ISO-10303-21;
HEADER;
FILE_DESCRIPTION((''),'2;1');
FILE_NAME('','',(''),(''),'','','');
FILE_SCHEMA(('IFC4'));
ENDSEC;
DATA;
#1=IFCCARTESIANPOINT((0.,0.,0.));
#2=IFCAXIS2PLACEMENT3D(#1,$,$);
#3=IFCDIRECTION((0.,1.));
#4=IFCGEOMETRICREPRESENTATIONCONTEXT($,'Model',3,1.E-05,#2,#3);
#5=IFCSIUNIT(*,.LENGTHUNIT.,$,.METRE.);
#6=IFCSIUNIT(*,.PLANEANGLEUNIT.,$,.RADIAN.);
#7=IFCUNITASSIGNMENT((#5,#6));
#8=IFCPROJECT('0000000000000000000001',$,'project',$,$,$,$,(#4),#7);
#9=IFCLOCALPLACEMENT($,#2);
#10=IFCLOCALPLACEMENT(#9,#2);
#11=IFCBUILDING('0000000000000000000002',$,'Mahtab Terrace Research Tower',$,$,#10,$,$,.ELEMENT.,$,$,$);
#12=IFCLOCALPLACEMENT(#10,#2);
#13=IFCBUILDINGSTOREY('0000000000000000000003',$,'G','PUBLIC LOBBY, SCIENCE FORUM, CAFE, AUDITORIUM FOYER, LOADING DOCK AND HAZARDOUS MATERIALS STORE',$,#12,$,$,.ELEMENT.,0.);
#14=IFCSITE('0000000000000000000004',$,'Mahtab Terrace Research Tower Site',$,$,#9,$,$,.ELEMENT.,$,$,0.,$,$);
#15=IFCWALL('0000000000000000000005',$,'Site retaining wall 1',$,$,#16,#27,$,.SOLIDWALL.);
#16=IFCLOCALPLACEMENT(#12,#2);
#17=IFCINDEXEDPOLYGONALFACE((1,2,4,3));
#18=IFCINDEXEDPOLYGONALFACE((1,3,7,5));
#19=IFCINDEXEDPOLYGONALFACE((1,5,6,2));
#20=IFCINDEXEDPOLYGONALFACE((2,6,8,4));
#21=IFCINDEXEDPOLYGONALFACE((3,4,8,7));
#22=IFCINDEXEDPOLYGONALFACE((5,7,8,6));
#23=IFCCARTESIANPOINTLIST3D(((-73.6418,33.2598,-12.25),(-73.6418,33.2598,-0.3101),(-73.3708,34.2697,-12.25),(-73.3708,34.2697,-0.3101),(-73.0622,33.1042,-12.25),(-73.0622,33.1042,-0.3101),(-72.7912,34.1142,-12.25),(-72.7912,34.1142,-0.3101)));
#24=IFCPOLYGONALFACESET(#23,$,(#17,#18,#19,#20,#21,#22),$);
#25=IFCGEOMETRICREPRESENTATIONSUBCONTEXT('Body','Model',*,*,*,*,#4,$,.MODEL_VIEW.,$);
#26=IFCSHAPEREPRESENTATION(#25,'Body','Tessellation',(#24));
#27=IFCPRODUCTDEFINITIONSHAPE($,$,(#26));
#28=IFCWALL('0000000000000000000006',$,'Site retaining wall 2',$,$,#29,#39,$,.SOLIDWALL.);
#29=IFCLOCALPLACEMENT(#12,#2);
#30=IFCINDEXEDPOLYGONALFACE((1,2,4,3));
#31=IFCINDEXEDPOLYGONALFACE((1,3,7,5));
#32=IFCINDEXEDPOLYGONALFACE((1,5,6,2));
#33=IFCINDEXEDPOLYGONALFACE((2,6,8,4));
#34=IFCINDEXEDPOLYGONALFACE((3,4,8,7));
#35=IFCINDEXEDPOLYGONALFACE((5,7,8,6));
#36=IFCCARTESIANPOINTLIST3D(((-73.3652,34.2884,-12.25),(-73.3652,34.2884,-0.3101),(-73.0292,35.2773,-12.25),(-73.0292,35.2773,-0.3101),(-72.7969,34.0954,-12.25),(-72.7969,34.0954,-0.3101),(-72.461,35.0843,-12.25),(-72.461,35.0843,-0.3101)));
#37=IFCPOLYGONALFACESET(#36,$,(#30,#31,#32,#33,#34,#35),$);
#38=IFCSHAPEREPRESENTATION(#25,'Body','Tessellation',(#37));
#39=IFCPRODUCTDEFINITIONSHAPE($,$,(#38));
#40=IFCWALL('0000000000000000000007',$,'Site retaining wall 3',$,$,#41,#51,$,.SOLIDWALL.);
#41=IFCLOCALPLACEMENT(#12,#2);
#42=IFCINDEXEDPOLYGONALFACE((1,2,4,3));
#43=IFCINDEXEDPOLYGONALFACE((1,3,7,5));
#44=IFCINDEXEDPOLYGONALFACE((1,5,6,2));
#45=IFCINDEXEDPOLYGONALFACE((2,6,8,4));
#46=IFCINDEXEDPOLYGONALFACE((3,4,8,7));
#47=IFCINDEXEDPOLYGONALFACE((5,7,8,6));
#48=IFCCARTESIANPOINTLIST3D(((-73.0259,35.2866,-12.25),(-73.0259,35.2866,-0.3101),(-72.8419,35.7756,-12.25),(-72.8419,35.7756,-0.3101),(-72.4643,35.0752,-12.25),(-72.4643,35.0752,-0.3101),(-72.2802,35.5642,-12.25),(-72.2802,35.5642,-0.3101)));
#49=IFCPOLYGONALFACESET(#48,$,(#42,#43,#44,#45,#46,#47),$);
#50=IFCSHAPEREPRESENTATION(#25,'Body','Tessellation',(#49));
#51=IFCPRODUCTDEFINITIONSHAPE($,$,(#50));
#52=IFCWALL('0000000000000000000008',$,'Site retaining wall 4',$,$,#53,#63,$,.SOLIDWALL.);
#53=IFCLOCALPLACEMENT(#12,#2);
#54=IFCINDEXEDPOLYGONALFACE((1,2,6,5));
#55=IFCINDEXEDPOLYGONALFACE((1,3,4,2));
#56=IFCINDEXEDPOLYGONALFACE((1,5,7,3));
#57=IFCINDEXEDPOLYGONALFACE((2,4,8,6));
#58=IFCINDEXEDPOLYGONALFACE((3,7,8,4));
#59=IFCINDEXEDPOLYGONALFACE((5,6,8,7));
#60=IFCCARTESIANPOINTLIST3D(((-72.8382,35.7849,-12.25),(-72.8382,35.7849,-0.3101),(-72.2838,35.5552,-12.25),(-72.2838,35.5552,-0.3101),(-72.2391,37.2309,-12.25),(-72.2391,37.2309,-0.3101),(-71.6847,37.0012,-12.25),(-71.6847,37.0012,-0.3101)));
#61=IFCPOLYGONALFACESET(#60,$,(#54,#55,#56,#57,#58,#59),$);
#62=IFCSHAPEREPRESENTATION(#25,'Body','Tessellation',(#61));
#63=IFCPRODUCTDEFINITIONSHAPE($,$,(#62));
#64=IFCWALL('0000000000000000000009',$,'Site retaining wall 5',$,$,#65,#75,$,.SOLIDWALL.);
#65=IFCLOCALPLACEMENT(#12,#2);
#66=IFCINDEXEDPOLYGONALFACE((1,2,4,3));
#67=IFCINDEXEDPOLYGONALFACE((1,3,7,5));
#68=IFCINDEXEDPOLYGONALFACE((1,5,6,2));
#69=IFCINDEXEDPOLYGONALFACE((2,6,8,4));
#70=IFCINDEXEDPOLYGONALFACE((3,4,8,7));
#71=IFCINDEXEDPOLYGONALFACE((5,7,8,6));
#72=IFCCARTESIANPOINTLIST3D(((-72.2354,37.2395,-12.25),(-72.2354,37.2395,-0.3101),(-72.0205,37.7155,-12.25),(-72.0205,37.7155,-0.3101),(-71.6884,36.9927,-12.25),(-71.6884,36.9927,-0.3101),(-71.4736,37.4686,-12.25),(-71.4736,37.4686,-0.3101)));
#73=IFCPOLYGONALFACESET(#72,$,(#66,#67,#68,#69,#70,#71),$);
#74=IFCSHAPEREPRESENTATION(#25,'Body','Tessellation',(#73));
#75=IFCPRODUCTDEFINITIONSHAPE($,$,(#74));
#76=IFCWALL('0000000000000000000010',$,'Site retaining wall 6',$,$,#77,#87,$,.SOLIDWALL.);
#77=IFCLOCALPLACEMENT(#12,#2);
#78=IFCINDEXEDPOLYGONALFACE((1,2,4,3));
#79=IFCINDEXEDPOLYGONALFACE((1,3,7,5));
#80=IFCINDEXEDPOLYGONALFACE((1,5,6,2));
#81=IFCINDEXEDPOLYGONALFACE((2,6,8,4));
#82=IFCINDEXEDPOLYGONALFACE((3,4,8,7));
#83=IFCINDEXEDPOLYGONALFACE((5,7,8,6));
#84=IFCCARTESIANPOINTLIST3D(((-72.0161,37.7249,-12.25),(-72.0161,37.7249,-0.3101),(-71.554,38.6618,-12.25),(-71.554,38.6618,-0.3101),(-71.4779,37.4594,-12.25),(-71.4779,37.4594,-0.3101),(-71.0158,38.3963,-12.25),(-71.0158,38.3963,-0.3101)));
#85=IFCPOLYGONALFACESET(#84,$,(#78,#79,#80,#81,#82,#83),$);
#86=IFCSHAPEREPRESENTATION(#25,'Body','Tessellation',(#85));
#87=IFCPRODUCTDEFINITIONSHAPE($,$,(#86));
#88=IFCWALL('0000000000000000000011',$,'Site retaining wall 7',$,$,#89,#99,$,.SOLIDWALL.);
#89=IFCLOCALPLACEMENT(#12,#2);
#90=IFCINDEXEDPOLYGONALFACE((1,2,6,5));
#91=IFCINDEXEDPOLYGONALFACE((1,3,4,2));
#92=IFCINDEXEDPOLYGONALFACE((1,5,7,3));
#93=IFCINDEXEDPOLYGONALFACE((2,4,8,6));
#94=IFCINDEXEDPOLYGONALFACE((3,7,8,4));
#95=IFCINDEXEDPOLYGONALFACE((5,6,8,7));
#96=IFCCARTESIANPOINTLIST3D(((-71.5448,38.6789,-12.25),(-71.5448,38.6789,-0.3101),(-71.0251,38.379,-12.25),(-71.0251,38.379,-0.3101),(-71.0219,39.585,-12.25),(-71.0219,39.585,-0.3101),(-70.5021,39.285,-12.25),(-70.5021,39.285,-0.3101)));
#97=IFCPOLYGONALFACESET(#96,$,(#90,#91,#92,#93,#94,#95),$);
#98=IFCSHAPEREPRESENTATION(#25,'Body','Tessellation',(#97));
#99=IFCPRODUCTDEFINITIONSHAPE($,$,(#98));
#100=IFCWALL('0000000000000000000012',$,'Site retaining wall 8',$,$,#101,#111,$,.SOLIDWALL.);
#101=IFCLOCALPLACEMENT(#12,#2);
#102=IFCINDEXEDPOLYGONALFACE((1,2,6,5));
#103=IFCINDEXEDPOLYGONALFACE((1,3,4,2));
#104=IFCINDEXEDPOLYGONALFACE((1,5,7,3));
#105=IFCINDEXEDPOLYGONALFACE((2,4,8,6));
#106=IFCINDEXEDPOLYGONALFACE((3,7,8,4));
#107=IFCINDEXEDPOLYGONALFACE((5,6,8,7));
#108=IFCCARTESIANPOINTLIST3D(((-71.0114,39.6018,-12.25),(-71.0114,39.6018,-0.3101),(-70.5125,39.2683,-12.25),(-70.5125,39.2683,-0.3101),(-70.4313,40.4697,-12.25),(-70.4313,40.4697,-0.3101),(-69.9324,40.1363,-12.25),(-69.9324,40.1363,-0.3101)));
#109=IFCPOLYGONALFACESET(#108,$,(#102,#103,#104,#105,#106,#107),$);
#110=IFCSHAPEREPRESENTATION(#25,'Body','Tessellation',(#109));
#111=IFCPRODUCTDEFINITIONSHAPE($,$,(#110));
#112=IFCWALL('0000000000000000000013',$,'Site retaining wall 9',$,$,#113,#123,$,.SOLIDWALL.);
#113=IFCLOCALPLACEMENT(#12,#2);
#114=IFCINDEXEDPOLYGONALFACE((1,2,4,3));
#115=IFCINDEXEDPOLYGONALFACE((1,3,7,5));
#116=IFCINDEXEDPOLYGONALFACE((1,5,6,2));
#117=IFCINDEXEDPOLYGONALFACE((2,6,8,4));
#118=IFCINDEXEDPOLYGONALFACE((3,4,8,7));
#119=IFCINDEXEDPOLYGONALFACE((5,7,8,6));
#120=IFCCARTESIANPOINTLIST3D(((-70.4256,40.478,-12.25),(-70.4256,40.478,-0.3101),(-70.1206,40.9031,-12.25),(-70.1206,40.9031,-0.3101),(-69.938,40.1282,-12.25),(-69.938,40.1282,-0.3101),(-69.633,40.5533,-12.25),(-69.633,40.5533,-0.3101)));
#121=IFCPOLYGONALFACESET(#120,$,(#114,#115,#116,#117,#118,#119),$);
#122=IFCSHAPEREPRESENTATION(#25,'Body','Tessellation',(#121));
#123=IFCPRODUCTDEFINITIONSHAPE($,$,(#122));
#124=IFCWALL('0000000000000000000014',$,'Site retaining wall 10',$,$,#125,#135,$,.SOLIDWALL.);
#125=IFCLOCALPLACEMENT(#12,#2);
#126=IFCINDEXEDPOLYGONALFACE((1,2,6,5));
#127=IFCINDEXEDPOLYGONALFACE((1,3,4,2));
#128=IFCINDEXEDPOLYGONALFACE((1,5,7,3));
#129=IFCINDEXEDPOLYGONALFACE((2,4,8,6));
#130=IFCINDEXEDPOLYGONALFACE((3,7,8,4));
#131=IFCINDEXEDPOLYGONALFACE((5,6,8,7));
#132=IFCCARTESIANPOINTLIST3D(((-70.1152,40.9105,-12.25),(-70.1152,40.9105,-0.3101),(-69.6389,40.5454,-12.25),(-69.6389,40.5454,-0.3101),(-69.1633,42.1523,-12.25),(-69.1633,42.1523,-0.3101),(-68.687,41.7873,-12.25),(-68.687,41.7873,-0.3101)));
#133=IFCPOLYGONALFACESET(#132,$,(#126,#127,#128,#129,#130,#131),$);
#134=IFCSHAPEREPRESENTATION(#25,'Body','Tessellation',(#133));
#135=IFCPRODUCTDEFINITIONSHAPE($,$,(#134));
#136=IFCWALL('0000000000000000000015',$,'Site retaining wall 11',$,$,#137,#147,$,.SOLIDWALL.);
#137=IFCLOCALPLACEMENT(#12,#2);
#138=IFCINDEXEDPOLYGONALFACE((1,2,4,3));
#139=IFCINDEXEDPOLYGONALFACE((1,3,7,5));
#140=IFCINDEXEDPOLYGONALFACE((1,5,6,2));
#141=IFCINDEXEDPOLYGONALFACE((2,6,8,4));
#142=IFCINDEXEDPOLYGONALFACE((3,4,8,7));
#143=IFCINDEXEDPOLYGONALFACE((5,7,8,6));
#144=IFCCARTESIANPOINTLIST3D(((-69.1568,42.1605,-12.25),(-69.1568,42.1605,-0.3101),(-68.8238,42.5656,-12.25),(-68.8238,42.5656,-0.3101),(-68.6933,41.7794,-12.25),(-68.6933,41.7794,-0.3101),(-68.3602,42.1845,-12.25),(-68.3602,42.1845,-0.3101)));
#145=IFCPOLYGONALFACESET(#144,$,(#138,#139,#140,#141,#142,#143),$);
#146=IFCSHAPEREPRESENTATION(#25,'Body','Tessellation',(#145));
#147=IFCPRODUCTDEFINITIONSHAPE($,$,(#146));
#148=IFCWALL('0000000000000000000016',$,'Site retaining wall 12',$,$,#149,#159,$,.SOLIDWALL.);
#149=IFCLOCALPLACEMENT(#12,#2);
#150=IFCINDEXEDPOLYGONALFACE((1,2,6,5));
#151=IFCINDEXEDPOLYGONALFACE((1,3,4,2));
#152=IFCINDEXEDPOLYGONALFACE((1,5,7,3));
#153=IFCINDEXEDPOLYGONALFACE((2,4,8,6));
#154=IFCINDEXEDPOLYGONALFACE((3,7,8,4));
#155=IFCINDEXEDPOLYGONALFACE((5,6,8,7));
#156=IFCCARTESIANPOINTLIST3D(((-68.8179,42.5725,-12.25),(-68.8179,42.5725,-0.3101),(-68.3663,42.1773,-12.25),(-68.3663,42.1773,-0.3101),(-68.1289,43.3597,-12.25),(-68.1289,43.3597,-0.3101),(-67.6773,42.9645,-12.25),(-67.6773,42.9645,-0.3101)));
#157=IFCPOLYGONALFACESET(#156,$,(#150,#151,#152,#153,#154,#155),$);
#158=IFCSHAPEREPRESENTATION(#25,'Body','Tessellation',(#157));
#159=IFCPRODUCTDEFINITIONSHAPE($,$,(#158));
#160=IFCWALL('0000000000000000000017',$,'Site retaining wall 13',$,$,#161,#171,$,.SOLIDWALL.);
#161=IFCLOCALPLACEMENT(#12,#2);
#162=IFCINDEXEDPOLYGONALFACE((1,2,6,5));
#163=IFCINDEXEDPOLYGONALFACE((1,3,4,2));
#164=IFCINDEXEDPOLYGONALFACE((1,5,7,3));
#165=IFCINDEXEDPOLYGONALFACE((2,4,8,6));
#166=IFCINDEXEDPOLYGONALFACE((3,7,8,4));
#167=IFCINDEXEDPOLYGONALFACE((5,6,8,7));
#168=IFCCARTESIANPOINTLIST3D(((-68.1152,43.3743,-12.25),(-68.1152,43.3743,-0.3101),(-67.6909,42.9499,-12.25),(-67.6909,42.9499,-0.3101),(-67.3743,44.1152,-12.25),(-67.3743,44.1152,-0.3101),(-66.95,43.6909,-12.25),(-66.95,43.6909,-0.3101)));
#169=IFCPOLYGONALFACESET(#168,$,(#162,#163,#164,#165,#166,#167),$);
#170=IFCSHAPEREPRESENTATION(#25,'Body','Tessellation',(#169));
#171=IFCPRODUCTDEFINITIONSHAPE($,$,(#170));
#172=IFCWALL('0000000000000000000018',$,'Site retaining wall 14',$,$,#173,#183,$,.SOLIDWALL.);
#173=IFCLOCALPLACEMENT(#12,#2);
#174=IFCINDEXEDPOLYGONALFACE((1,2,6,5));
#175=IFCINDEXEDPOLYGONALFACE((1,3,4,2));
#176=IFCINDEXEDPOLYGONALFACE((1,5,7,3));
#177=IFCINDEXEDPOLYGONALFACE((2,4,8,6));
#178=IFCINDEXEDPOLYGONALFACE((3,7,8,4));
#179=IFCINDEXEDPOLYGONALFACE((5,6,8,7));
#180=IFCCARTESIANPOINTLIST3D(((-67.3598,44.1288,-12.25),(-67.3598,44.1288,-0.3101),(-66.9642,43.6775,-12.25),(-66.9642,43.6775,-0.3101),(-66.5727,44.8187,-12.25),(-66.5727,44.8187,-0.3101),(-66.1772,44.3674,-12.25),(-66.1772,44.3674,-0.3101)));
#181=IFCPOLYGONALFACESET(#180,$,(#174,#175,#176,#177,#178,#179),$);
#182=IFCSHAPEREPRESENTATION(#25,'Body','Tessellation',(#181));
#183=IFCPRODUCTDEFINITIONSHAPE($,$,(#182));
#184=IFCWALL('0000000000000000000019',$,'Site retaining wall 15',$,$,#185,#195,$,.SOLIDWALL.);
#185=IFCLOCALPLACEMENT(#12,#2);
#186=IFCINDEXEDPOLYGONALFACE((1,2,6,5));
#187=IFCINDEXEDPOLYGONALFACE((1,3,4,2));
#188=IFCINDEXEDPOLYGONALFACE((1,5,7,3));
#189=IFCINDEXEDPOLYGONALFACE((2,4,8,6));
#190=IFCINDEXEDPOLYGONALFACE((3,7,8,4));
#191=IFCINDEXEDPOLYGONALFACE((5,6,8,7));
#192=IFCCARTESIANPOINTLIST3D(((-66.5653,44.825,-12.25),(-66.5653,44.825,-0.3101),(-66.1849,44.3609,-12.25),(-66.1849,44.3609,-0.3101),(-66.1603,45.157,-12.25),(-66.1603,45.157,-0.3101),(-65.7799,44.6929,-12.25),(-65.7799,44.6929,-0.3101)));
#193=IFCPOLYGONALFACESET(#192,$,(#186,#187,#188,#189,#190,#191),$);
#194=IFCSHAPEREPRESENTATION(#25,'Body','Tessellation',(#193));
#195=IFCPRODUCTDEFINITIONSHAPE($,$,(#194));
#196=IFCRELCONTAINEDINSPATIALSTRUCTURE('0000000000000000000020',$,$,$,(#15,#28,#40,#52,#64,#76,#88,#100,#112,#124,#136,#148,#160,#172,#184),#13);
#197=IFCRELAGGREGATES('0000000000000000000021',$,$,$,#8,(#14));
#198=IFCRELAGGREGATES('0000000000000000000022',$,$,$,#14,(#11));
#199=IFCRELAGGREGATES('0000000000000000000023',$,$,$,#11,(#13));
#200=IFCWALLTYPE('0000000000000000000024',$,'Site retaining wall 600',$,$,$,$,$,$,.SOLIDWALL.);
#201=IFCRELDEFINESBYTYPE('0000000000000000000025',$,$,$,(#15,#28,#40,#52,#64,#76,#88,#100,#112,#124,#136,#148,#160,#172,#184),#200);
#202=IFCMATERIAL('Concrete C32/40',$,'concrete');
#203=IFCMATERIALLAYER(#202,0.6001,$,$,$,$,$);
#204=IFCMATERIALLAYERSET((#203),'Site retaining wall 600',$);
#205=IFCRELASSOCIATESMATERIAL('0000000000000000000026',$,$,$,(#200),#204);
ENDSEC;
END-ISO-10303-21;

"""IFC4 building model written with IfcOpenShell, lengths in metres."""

from ifc_helpers import new_model, si_unit, direction, frame, frame_2d, origin, place, context, subcontext, project, spatial, rectangle, extrude, material, layer, layer_set, type_object, element, save


model = new_model("IFC4")

# Units and contexts
model_context = context("Model", 3, precision=1e-05, world=origin(), true_north=direction((0.0, 1.0)))
body_context = subcontext(model_context, "Body", "Model", "MODEL_VIEW")
ifc_project = project(units=[si_unit("LENGTHUNIT", "METRE"), si_unit("PLANEANGLEUNIT", "RADIAN")], contexts=[model_context])

# Site, building, storey
site_placement = place(None, origin())
site = spatial("IfcSite", under=ifc_project, at=site_placement, Name="Mahtab Terrace Research Tower Site", CompositionType="ELEMENT", RefElevation=0.0)
building_placement = place(site_placement, origin())
building = spatial("IfcBuilding", under=site, at=building_placement, Name="Mahtab Terrace Research Tower", CompositionType="ELEMENT")
storey_placement = place(building_placement, origin())
storey = spatial("IfcBuildingStorey", under=building, at=storey_placement, Name="G", Description="PUBLIC LOBBY, SCIENCE FORUM, CAFE, AUDITORIUM FOYER, LOADING DOCK AND HAZARDOUS MATERIALS STORE", CompositionType="ELEMENT", Elevation=0.0)

# Walls
ifc_material = material(Name="Concrete C32/40", Category="concrete")
ifc_layer = layer(ifc_material, 0.6001)
ifc_layer_set = layer_set([ifc_layer], Name="Site retaining wall 600")
wall_type = type_object("IfcWallType", Name="Site retaining wall 600", PredefinedType="SOLIDWALL", material=ifc_layer_set)
wall_1_placement = place(storey_placement, frame((-73.3521, 33.1819, -12.25), z_axis=(0.0, 0.0, 1.0), x_axis=(0.259145, 0.965839, 0.0)))
element("IfcWall", 1, at=wall_1_placement, inside=storey, type_object=wall_type, Name="Site retaining wall 1", PredefinedType="SOLIDWALL", context=body_context, shape_type="SweptSolid", body=[
    extrude(rectangle(XDim=1.0457, YDim=0.6001, at=frame_2d((0.5229, 0.0))), origin(), (0.0, 0.0, 1.0), 11.9399),
])
wall_2_placement = place(storey_placement, frame((-73.0811, 34.1919, -12.25), z_axis=(0.0, 0.0, 1.0), x_axis=(0.321622, 0.946868, 0.0)))
element("IfcWall", 2, at=wall_2_placement, inside=storey, type_object=wall_type, Name="Site retaining wall 2", PredefinedType="SOLIDWALL", context=body_context, shape_type="SweptSolid", body=[
    extrude(rectangle(XDim=1.0444, YDim=0.6001, at=frame_2d((0.5222, 0.0))), origin(), (0.0, 0.0, 1.0), 11.9399),
])
wall_3_placement = place(storey_placement, frame((-72.7451, 35.1809, -12.25), z_axis=(0.0, 0.0, 1.0), x_axis=(0.352301, 0.935887, 0.0)))
element("IfcWall", 3, at=wall_3_placement, inside=storey, type_object=wall_type, Name="Site retaining wall 3", PredefinedType="SOLIDWALL", context=body_context, shape_type="SweptSolid", body=[
    extrude(rectangle(XDim=0.5225, YDim=0.6001, at=frame_2d((0.2612, 0.0))), origin(), (0.0, 0.0, 1.0), 11.9399),
])
wall_4_placement = place(storey_placement, frame((-72.561, 35.6699, -12.25), z_axis=(0.0, 0.0, 1.0), x_axis=(0.382765, 0.923846, 0.0)))
element("IfcWall", 4, at=wall_4_placement, inside=storey, type_object=wall_type, Name="Site retaining wall 4", PredefinedType="SOLIDWALL", context=body_context, shape_type="SweptSolid", body=[
    extrude(rectangle(XDim=1.5652, YDim=0.6001, at=frame_2d((0.7827, 0.0))), origin(), (0.0, 0.0, 1.0), 11.9399),
])
wall_5_placement = place(storey_placement, frame((-71.9619, 37.116, -12.25), z_axis=(0.0, 0.0, 1.0), x_axis=(0.411336, 0.911484, 0.0)))
element("IfcWall", 5, at=wall_5_placement, inside=storey, type_object=wall_type, Name="Site retaining wall 5", PredefinedType="SOLIDWALL", context=body_context, shape_type="SweptSolid", body=[
    extrude(rectangle(XDim=0.5222, YDim=0.6001, at=frame_2d((0.2612, 0.0))), origin(), (0.0, 0.0, 1.0), 11.9399),
])
wall_6_placement = place(storey_placement, frame((-71.7471, 37.592, -12.25), z_axis=(0.0, 0.0, 1.0), x_axis=(0.442347, 0.896844, 0.0)))
element("IfcWall", 6, at=wall_6_placement, inside=storey, type_object=wall_type, Name="Site retaining wall 6", PredefinedType="SOLIDWALL", context=body_context, shape_type="SweptSolid", body=[
    extrude(rectangle(XDim=1.0447, YDim=0.6001, at=frame_2d((0.5225, 0.0))), origin(), (0.0, 0.0, 1.0), 11.9399),
])
wall_7_placement = place(storey_placement, frame((-71.2849, 38.5291, -12.25), z_axis=(0.0, 0.0, 1.0), x_axis=(0.499904, 0.866081, 0.0)))
element("IfcWall", 7, at=wall_7_placement, inside=storey, type_object=wall_type, Name="Site retaining wall 7", PredefinedType="SOLIDWALL", context=body_context, shape_type="SweptSolid", body=[
    extrude(rectangle(XDim=1.0461, YDim=0.6001, at=frame_2d((0.5229, 0.0))), origin(), (0.0, 0.0, 1.0), 11.9399),
])
wall_8_placement = place(storey_placement, frame((-70.762, 39.4351, -12.25), z_axis=(0.0, 0.0, 1.0), x_axis=(0.555671, 0.831402, 0.0)))
element("IfcWall", 8, at=wall_8_placement, inside=storey, type_object=wall_type, Name="Site retaining wall 8", PredefinedType="SOLIDWALL", context=body_context, shape_type="SweptSolid", body=[
    extrude(rectangle(XDim=1.0439, YDim=0.6001, at=frame_2d((0.522, 0.0))), origin(), (0.0, 0.0, 1.0), 11.9399),
])
wall_9_placement = place(storey_placement, frame((-70.1819, 40.303, -12.25), z_axis=(0.0, 0.0, 1.0), x_axis=(0.582915, 0.812533, 0.0)))
element("IfcWall", 9, at=wall_9_placement, inside=storey, type_object=wall_type, Name="Site retaining wall 9", PredefinedType="SOLIDWALL", context=body_context, shape_type="SweptSolid", body=[
    extrude(rectangle(XDim=0.5232, YDim=0.6001, at=frame_2d((0.2617, 0.0))), origin(), (0.0, 0.0, 1.0), 11.9399),
])
wall_10_placement = place(storey_placement, frame((-69.877, 40.728, -12.25), z_axis=(0.0, 0.0, 1.0), x_axis=(0.60833, 0.793684, 0.0)))
element("IfcWall", 10, at=wall_10_placement, inside=storey, type_object=wall_type, Name="Site retaining wall 10", PredefinedType="SOLIDWALL", context=body_context, shape_type="SweptSolid", body=[
    extrude(rectangle(XDim=1.5647, YDim=0.6001, at=frame_2d((0.7822, 0.0))), origin(), (0.0, 0.0, 1.0), 11.9399),
])
wall_11_placement = place(storey_placement, frame((-68.925, 41.97, -12.25), z_axis=(0.0, 0.0, 1.0), x_axis=(0.635087, 0.772441, 0.0)))
element("IfcWall", 11, at=wall_11_placement, inside=storey, type_object=wall_type, Name="Site retaining wall 11", PredefinedType="SOLIDWALL", context=body_context, shape_type="SweptSolid", body=[
    extrude(rectangle(XDim=0.5244, YDim=0.6001, at=frame_2d((0.2622, 0.0))), origin(), (0.0, 0.0, 1.0), 11.9399),
])
wall_12_placement = place(storey_placement, frame((-68.592, 42.375, -12.25), z_axis=(0.0, 0.0, 1.0), x_axis=(0.658637, 0.752461, 0.0)))
element("IfcWall", 12, at=wall_12_placement, inside=storey, type_object=wall_type, Name="Site retaining wall 12", PredefinedType="SOLIDWALL", context=body_context, shape_type="SweptSolid", body=[
    extrude(rectangle(XDim=1.0461, YDim=0.6001, at=frame_2d((0.5229, 0.0))), origin(), (0.0, 0.0, 1.0), 11.9399),
])
wall_13_placement = place(storey_placement, frame((-67.9031, 43.1621, -12.25), z_axis=(0.0, 0.0, 1.0), x_axis=(0.707107, 0.707107, 0.0)))
element("IfcWall", 13, at=wall_13_placement, inside=storey, type_object=wall_type, Name="Site retaining wall 13", PredefinedType="SOLIDWALL", context=body_context, shape_type="SweptSolid", body=[
    extrude(rectangle(XDim=1.0479, YDim=0.6001, at=frame_2d((0.5239, 0.0))), origin(), (0.0, 0.0, 1.0), 11.9399),
])
wall_14_placement = place(storey_placement, frame((-67.1621, 43.9031, -12.25), z_axis=(0.0, 0.0, 1.0), x_axis=(0.751998, 0.659165, 0.0)))
element("IfcWall", 14, at=wall_14_placement, inside=storey, type_object=wall_type, Name="Site retaining wall 14", PredefinedType="SOLIDWALL", context=body_context, shape_type="SweptSolid", body=[
    extrude(rectangle(XDim=1.0466, YDim=0.6001, at=frame_2d((0.5234, 0.0))), origin(), (0.0, 0.0, 1.0), 11.9399),
])
wall_15_placement = place(storey_placement, frame((-66.375, 44.593, -12.25), z_axis=(0.0, 0.0, 1.0), x_axis=(0.773355, 0.633974, 0.0)))
element("IfcWall", 15, at=wall_15_placement, inside=storey, type_object=wall_type, Name="Site retaining wall 15", PredefinedType="SOLIDWALL", context=body_context, shape_type="SweptSolid", body=[
    extrude(rectangle(XDim=0.5237, YDim=0.6001, at=frame_2d((0.2617, 0.0))), origin(), (0.0, 0.0, 1.0), 11.9399),
])

save(model, "model.ifc")
